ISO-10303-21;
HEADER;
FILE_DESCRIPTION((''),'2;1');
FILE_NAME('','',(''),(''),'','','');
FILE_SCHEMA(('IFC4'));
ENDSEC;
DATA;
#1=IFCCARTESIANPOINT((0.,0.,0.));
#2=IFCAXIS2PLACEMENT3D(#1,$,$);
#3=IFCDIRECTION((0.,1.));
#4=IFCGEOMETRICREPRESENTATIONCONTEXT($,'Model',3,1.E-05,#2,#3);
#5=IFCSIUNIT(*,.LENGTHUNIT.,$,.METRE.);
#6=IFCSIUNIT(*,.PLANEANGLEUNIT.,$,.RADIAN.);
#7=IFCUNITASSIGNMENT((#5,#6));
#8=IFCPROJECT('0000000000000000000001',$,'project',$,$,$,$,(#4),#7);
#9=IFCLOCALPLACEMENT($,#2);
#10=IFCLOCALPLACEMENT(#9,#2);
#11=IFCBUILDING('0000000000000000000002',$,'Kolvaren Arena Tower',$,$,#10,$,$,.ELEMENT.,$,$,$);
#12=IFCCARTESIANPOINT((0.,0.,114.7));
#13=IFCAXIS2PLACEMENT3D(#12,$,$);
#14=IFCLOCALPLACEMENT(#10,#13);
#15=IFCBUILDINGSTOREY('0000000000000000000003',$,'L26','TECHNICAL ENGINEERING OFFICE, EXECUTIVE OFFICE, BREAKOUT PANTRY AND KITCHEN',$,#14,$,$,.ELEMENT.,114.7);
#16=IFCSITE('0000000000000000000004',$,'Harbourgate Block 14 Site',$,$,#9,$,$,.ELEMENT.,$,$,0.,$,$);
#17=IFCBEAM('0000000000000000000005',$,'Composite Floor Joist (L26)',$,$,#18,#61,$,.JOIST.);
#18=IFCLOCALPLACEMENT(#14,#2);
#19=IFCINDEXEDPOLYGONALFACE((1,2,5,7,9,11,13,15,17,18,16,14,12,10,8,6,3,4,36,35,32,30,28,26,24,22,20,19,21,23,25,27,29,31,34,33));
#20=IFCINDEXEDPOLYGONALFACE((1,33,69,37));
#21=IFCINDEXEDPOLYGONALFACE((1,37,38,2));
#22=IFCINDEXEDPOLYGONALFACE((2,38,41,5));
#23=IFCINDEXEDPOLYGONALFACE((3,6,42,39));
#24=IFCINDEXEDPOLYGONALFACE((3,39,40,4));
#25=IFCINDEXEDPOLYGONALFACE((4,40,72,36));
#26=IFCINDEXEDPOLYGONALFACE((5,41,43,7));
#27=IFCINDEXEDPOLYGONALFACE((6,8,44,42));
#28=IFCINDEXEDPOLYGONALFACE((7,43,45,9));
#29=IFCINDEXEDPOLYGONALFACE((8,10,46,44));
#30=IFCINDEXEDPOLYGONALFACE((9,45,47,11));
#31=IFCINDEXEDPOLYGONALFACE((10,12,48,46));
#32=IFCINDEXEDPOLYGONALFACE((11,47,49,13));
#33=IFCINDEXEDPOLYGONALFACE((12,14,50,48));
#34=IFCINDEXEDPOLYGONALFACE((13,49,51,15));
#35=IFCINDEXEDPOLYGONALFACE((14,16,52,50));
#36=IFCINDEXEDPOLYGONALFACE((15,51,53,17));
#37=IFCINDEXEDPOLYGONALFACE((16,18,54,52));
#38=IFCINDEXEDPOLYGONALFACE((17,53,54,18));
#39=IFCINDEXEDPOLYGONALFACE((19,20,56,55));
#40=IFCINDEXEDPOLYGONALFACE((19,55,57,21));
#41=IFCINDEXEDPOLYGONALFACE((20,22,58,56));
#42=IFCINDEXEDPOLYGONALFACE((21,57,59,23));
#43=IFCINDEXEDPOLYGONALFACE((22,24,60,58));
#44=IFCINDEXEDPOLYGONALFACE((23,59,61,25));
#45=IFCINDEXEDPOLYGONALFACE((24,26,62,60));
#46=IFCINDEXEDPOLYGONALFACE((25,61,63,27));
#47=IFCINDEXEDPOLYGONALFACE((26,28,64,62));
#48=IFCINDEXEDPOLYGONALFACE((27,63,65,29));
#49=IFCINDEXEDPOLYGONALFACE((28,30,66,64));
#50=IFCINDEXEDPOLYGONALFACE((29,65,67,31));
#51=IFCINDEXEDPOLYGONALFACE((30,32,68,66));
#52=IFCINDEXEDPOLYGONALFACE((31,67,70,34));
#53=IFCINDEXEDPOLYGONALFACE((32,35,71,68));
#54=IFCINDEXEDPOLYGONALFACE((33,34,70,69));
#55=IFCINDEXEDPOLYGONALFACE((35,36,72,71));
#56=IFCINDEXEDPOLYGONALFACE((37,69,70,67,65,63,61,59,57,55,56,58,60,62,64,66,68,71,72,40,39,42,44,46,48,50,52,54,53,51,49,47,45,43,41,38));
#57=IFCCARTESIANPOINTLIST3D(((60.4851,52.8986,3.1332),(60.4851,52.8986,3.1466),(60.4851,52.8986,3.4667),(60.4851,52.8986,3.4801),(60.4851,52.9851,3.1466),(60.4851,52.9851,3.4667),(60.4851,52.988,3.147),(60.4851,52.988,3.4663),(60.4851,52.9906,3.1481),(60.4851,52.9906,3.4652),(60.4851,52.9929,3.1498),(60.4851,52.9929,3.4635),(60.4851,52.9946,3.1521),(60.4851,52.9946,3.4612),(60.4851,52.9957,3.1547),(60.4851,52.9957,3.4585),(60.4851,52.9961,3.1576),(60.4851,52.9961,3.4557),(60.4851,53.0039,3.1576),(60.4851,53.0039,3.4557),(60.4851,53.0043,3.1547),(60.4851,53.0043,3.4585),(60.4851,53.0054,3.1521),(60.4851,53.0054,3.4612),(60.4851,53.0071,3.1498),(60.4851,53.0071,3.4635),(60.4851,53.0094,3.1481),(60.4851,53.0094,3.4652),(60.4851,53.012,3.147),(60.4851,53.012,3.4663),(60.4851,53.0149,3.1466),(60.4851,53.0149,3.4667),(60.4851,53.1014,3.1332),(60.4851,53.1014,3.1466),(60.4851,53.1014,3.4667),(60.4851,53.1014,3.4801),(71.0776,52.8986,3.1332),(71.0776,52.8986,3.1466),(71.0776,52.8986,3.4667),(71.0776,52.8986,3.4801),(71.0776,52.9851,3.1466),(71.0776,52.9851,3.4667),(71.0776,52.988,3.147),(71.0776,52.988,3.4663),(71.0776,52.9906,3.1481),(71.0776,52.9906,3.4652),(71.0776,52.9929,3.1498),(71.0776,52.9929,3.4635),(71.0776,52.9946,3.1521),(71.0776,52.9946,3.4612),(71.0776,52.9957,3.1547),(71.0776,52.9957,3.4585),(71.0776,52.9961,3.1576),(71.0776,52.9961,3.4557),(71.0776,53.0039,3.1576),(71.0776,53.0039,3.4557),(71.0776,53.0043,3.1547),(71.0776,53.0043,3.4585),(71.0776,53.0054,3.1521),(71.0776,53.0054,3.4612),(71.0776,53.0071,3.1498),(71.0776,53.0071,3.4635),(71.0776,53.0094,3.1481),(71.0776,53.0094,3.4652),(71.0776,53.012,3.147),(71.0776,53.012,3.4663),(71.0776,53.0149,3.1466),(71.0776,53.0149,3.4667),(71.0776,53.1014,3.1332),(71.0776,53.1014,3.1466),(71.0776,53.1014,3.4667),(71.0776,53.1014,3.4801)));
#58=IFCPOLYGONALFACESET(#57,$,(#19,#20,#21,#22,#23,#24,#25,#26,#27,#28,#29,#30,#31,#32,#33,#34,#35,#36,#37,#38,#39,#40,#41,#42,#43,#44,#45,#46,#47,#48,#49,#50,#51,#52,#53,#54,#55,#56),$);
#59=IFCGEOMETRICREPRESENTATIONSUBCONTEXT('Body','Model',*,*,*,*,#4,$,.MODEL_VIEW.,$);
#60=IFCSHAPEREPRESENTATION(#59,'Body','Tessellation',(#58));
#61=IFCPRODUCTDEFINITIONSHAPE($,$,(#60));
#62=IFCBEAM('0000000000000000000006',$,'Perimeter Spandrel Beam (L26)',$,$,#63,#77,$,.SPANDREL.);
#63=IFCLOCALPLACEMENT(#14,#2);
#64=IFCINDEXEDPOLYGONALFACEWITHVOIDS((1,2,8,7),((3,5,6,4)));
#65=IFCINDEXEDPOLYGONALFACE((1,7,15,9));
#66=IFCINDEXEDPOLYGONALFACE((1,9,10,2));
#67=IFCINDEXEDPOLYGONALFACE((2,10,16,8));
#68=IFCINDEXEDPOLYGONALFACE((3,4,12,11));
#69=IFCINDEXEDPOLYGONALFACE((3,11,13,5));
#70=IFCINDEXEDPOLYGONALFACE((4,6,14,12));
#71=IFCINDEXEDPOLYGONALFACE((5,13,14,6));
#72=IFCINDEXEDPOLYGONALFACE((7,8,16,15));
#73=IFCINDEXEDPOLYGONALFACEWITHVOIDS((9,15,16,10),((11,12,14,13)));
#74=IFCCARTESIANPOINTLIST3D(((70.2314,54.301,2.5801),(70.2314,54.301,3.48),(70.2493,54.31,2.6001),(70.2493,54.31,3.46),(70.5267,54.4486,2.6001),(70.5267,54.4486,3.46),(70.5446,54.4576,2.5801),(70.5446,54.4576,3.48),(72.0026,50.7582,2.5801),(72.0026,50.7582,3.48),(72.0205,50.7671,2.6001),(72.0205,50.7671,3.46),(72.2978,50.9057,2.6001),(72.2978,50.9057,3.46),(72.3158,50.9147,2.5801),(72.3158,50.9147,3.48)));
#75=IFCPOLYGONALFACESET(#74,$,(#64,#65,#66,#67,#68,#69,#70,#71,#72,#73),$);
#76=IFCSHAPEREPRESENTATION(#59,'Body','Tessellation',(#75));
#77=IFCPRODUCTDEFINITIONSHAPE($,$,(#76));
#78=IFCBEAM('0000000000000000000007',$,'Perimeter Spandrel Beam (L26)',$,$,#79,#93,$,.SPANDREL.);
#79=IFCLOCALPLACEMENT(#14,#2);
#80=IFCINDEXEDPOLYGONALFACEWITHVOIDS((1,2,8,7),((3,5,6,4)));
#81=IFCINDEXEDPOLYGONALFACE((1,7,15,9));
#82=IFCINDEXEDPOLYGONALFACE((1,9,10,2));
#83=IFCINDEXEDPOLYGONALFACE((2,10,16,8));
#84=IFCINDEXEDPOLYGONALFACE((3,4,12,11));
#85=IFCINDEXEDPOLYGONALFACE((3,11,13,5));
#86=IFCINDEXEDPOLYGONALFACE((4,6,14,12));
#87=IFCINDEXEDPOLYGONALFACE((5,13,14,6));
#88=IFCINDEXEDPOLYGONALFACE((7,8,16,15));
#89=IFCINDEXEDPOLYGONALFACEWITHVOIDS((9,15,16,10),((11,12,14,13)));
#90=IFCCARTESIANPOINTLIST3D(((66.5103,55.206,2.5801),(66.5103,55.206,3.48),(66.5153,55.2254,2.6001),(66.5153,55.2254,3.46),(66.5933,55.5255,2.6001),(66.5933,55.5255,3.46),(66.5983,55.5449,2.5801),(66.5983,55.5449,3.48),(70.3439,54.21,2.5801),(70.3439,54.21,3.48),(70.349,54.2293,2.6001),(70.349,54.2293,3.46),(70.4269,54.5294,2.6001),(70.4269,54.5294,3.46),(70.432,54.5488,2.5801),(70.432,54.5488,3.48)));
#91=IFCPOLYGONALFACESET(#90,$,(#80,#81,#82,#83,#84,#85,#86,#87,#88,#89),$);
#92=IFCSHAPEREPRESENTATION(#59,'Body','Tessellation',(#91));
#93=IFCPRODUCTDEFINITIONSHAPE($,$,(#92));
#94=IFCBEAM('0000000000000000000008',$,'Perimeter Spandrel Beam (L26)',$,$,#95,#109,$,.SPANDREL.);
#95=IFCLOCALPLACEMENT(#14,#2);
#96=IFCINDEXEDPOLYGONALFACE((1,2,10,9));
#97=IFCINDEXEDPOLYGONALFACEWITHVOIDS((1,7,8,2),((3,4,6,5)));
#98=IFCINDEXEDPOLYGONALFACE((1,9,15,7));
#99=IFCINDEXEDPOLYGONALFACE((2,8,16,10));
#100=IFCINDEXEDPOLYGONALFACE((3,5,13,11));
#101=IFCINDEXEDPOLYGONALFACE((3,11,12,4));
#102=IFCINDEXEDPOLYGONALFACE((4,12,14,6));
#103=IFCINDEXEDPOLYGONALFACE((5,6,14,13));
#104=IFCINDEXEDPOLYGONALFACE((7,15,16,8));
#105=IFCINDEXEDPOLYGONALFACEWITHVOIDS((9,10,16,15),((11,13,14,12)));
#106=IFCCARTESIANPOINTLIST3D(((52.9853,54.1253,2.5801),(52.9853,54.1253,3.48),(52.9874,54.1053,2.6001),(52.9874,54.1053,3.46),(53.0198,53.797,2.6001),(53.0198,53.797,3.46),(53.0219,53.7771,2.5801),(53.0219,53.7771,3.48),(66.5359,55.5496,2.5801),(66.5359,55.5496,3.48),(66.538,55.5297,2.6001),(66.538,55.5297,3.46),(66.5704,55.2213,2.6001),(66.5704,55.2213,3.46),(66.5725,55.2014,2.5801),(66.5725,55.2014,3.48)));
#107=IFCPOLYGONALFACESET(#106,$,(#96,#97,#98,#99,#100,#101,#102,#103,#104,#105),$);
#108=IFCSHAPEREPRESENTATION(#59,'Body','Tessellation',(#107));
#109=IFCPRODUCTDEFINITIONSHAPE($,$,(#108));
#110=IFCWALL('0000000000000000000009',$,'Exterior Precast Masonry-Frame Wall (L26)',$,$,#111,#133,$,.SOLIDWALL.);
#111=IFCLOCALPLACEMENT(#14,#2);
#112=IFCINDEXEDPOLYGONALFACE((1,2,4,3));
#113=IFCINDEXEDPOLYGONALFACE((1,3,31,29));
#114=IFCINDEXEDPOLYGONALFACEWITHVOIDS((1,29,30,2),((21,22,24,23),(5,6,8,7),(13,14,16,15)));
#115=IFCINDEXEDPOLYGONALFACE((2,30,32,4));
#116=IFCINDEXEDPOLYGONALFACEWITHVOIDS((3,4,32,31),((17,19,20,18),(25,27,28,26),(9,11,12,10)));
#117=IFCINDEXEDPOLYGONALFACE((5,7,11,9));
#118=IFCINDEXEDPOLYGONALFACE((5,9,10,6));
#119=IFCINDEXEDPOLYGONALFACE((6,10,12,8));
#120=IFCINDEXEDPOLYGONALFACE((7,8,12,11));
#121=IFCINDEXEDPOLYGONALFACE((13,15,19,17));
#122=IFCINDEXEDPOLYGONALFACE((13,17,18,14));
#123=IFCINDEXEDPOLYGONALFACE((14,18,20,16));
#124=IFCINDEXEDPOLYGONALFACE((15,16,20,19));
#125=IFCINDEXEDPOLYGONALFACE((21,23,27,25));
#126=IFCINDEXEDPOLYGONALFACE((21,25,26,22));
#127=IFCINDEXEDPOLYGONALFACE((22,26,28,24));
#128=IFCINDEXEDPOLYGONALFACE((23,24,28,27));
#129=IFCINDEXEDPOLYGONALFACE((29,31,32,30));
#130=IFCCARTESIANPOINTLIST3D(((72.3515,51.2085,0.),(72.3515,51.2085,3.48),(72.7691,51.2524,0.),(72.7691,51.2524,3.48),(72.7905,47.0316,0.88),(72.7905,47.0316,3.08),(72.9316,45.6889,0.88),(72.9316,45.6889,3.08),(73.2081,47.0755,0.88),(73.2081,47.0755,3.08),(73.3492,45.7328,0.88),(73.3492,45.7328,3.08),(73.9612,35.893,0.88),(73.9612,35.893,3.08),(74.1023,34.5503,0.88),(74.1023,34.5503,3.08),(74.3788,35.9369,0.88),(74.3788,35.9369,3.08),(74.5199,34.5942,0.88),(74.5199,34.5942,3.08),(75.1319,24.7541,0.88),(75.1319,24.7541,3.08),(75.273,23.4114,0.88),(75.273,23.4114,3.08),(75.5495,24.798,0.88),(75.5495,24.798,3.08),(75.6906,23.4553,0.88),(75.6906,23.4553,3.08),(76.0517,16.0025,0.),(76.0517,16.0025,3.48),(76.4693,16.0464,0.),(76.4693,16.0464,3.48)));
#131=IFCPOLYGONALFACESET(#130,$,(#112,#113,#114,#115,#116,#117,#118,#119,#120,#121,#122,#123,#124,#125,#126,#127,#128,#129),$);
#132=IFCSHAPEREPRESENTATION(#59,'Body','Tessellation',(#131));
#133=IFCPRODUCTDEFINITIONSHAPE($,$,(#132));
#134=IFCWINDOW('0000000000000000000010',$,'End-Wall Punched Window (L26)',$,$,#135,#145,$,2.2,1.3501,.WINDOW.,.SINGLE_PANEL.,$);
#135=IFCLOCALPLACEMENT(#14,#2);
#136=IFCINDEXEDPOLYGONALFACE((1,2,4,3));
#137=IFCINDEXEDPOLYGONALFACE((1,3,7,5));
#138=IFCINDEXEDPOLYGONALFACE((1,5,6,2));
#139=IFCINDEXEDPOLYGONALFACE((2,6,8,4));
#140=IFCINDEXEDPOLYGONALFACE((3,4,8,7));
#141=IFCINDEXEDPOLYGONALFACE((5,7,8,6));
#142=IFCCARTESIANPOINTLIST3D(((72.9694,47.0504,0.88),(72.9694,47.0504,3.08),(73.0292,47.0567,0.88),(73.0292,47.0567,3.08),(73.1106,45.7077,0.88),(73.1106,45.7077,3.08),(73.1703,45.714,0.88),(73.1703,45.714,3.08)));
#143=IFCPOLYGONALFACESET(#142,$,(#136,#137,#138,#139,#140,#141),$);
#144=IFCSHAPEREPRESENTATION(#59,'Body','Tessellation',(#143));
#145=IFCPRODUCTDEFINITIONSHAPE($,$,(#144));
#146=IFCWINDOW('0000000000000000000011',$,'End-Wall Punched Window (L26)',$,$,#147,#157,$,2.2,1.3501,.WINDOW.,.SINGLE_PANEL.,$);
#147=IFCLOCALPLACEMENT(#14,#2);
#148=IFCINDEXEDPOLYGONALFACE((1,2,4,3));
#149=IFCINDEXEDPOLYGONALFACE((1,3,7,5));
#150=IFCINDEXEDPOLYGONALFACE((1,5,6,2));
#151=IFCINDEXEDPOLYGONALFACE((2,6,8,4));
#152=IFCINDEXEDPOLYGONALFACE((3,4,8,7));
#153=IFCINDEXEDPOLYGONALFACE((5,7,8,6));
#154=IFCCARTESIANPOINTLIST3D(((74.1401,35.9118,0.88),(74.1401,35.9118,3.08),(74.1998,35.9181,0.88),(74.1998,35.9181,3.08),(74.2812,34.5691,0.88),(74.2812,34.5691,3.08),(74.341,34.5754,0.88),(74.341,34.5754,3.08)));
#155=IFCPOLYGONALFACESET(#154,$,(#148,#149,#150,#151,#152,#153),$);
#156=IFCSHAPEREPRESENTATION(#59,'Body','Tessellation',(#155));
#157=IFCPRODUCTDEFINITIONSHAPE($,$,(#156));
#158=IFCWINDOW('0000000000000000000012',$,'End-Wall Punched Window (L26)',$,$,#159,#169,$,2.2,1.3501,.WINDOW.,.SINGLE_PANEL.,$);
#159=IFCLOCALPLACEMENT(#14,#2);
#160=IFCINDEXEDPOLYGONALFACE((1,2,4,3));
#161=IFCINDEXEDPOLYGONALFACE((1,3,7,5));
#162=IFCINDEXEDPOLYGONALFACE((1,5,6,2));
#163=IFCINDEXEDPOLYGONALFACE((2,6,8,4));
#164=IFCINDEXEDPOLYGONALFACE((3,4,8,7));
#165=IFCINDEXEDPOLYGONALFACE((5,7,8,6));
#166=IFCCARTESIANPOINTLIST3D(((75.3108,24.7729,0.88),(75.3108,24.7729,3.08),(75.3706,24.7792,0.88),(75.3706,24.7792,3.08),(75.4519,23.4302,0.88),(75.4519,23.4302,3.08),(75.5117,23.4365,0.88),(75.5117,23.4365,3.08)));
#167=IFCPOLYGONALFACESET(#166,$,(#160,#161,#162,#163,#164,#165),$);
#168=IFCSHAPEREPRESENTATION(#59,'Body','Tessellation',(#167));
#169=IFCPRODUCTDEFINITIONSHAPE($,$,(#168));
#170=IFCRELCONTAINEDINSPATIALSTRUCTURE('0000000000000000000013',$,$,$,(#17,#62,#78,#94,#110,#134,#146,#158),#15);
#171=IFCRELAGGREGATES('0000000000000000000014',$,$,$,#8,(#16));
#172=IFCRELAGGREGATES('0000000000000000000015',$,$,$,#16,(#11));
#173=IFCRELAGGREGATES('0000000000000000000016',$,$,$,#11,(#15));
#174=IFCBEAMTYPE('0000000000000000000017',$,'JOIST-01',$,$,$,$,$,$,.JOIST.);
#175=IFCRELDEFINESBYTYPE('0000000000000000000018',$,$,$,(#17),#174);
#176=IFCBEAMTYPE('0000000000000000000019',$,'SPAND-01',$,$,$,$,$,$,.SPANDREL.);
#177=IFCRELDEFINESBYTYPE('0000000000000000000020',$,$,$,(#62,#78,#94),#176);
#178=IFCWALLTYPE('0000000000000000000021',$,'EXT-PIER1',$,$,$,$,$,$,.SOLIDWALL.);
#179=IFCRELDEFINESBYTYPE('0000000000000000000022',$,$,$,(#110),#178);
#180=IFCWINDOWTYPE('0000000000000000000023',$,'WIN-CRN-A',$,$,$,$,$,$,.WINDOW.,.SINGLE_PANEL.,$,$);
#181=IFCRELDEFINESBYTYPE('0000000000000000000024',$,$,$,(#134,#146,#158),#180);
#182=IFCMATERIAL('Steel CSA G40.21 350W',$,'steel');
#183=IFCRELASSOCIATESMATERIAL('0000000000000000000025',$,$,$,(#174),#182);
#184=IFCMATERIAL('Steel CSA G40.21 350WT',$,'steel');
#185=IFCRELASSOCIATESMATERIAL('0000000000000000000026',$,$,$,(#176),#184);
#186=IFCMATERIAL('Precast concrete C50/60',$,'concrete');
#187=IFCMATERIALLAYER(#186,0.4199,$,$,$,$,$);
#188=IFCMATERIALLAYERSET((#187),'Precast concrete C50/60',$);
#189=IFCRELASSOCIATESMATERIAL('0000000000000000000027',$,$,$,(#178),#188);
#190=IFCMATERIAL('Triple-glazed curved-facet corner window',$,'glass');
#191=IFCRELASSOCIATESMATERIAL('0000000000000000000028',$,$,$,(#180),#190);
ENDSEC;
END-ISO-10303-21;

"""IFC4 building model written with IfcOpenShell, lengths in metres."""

from ifc_helpers import new_model, si_unit, direction, frame, frame_2d, origin, origin_2d, place, context, subcontext, project, spatial, rectangle, hollow_rectangle, i_section, extrude, material, layer, layer_set, material_profile, profile_set, type_object, element, fill, save


model = new_model("IFC4")

# Units and contexts
model_context = context("Model", 3, precision=1e-05, world=origin(), true_north=direction((0.0, 1.0)))
body_context = subcontext(model_context, "Body", "Model", "MODEL_VIEW")
ifc_project = project(units=[si_unit("LENGTHUNIT", "METRE"), si_unit("PLANEANGLEUNIT", "RADIAN")], contexts=[model_context])

# Site, building, storey
site_placement = place(None, origin())
site = spatial("IfcSite", under=ifc_project, at=site_placement, Name="Harbourgate Block 14 Site", CompositionType="ELEMENT", RefElevation=0.0)
building_placement = place(site_placement, origin())
building = spatial("IfcBuilding", under=site, at=building_placement, Name="Kolvaren Arena Tower", CompositionType="ELEMENT")
storey_placement = place(building_placement, frame((0.0, 0.0, 114.7)))
storey = spatial("IfcBuildingStorey", under=building, at=storey_placement, Name="L26", Description="TECHNICAL ENGINEERING OFFICE, EXECUTIVE OFFICE, BREAKOUT PANTRY AND KITCHEN", CompositionType="ELEMENT", Elevation=114.7)

# Beams
ifc_material_1 = material(Name="Steel CSA G40.21 350W", Category="steel")
ifc_material_profile_1 = material_profile(ifc_material_1, i_section(OverallWidth=0.2029, OverallDepth=0.3469, WebThickness=0.0078, FlangeThickness=0.0134, FilletRadius=0.011, at=origin_2d()), Name="W360x64")
ifc_profile_set_1 = profile_set([ifc_material_profile_1], Name="Steel CSA G40.21 350W")
beam_type_1 = type_object("IfcBeamType", Name="JOIST-01", PredefinedType="JOIST", material=ifc_profile_set_1)
beam_1_placement = place(storey_placement, frame((60.4851, 53.0, 3.3066), z_axis=(1.0, 0.0, 0.0), x_axis=(0.0, 1.0, 0.0)))
element("IfcBeam", 1, at=beam_1_placement, inside=storey, type_object=beam_type_1, Name="Composite Floor Joist (L26)", PredefinedType="JOIST", context=body_context, shape_type="SweptSolid", body=[
    extrude(i_section(OverallWidth=0.2029, OverallDepth=0.3469, WebThickness=0.0078, FlangeThickness=0.0134, FilletRadius=0.011, at=origin_2d()), origin(), (0.0, 0.0, 1.0), 10.5925),
])
ifc_material_2 = material(Name="Steel CSA G40.21 350WT", Category="steel")
ifc_material_profile_2 = material_profile(ifc_material_2, hollow_rectangle(XDim=0.3501, YDim=0.8999, WallThickness=0.02, at=origin_2d()), Name="HSS 900x350x20")
ifc_profile_set_2 = profile_set([ifc_material_profile_2], Name="Steel CSA G40.21 350WT")
beam_type_2 = type_object("IfcBeamType", Name="SPAND-01", PredefinedType="SPANDREL", material=ifc_profile_set_2)
for number, where, z_axis, x_axis, name in (
    (2, (72.1592, 50.8364, 3.03), (-0.447164, 0.894452, 0.0), (-0.894452, -0.447164, 0.0), "Perimeter Spandrel Beam (L26)"),
    (3, (70.3879, 54.3794, 3.03), (-0.967864, 0.251473, 0.0), (-0.251473, -0.967864, 0.0), "Perimeter Spandrel Beam (L26)"),
):
    element("IfcBeam", number, at=place(storey_placement, frame(where, z_axis=z_axis, x_axis=x_axis)), inside=storey, type_object=beam_type_2, Name=name, PredefinedType="SPANDREL", context=body_context, shape_type="SweptSolid", body=[
        extrude(hollow_rectangle(XDim=0.3501, YDim=0.8999, WallThickness=0.02, at=origin_2d()), origin(), (0.0, 0.0, 1.0), 3.9609),
    ])
beam_2_placement = place(storey_placement, frame((66.5542, 55.3755, 3.03), z_axis=(-0.994521, -0.104536, 0.0), x_axis=(0.104536, -0.994521, 0.0)))
element("IfcBeam", 4, at=beam_2_placement, inside=storey, type_object=beam_type_2, Name="Perimeter Spandrel Beam (L26)", PredefinedType="SPANDREL", context=body_context, shape_type="SweptSolid", body=[
    extrude(hollow_rectangle(XDim=0.3501, YDim=0.8999, WallThickness=0.02, at=origin_2d()), origin(), (0.0, 0.0, 1.0), 13.6252),
])

# Wall, openings, windows
ifc_material_3 = material(Name="Precast concrete C50/60", Category="concrete")
ifc_layer_1 = layer(ifc_material_3, 0.4199)
ifc_layer_set_1 = layer_set([ifc_layer_1], Name="Precast concrete C50/60")
wall_type_1 = type_object("IfcWallType", Name="EXT-PIER1", PredefinedType="SOLIDWALL", material=ifc_layer_set_1)
wall_1_placement = place(storey_placement, frame((72.5603, 51.2305, 0.0), z_axis=(0.0, 0.0, 1.0), x_axis=(0.104525, -0.994522, 0.0)))
wall_1 = element("IfcWall", 5, at=wall_1_placement, inside=storey, type_object=wall_type_1, Name="Exterior Precast Masonry-Frame Wall (L26)", PredefinedType="SOLIDWALL", context=body_context, shape_type="SweptSolid", body=[
    extrude(rectangle(XDim=35.3999, YDim=0.4199, at=frame_2d((17.7, 0.0))), origin(), (0.0, 0.0, 1.0), 3.48),
])
opening_1_placement = place(wall_1_placement, frame((4.2, 0.0, 0.8799)))
opening_1 = element("IfcOpeningElement", 6, at=opening_1_placement, cuts=wall_1, PredefinedType="OPENING", context=body_context, shape_type="SweptSolid", body=[
    extrude(rectangle(XDim=1.3501, YDim=2.2, at=frame_2d((0.675, 1.1001))), frame((0.0, 0.22, 0.0), z_axis=(0.0, -1.0, 0.0), x_axis=(1.0, 0.0, 0.0)), (0.0, 0.0, 1.0), 0.4399),
])
opening_2_placement = place(wall_1_placement, frame((15.3999, 0.0, 0.8799)))
opening_2 = element("IfcOpeningElement", 7, at=opening_2_placement, cuts=wall_1, PredefinedType="OPENING", context=body_context, shape_type="SweptSolid", body=[
    extrude(rectangle(XDim=1.3501, YDim=2.2, at=frame_2d((0.675, 1.1001))), frame((0.0, 0.22, 0.0), z_axis=(0.0, -1.0, 0.0), x_axis=(1.0, 0.0, 0.0)), (0.0, 0.0, 1.0), 0.4399),
])
opening_3_placement = place(wall_1_placement, frame((26.6001, 0.0, 0.8799)))
opening_3 = element("IfcOpeningElement", 8, at=opening_3_placement, cuts=wall_1, PredefinedType="OPENING", context=body_context, shape_type="SweptSolid", body=[
    extrude(rectangle(XDim=1.3501, YDim=2.2, at=frame_2d((0.675, 1.1001))), frame((0.0, 0.22, 0.0), z_axis=(0.0, -1.0, 0.0), x_axis=(1.0, 0.0, 0.0)), (0.0, 0.0, 1.0), 0.4399),
])
ifc_material_4 = material(Name="Triple-glazed curved-facet corner window", Category="glass")
window_type = type_object("IfcWindowType", Name="WIN-CRN-A", PartitioningType="SINGLE_PANEL", PredefinedType="WINDOW", material=ifc_material_4)
window_1_placement = place(opening_1_placement, origin())
window_1 = element("IfcWindow", 9, at=window_1_placement, inside=storey, type_object=window_type, Name="End-Wall Punched Window (L26)", OverallHeight=2.2, OverallWidth=1.3501, PartitioningType="SINGLE_PANEL", PredefinedType="WINDOW", context=body_context, shape_type="SweptSolid", body=[
    extrude(rectangle(XDim=1.3501, YDim=2.2, at=frame_2d((0.675, 1.1001))), frame((0.0, 0.03, 0.0), z_axis=(0.0, -1.0, 0.0), x_axis=(1.0, 0.0, 0.0)), (0.0, 0.0, 1.0), 0.0601),
])
fill(opening_1, window_1)
window_2_placement = place(opening_2_placement, origin())
window_2 = element("IfcWindow", 10, at=window_2_placement, inside=storey, type_object=window_type, Name="End-Wall Punched Window (L26)", OverallHeight=2.2, OverallWidth=1.3501, PartitioningType="SINGLE_PANEL", PredefinedType="WINDOW", context=body_context, shape_type="SweptSolid", body=[
    extrude(rectangle(XDim=1.3501, YDim=2.2, at=frame_2d((0.675, 1.1001))), frame((0.0, 0.03, 0.0), z_axis=(0.0, -1.0, 0.0), x_axis=(1.0, 0.0, 0.0)), (0.0, 0.0, 1.0), 0.0601),
])
fill(opening_2, window_2)
window_3_placement = place(opening_3_placement, origin())
window_3 = element("IfcWindow", 11, at=window_3_placement, inside=storey, type_object=window_type, Name="End-Wall Punched Window (L26)", OverallHeight=2.2, OverallWidth=1.3501, PartitioningType="SINGLE_PANEL", PredefinedType="WINDOW", context=body_context, shape_type="SweptSolid", body=[
    extrude(rectangle(XDim=1.3501, YDim=2.2, at=frame_2d((0.675, 1.1001))), frame((0.0, 0.03, 0.0), z_axis=(0.0, -1.0, 0.0), x_axis=(1.0, 0.0, 0.0)), (0.0, 0.0, 1.0), 0.0601),
])
fill(opening_3, window_3)

save(model, "model.ifc")
